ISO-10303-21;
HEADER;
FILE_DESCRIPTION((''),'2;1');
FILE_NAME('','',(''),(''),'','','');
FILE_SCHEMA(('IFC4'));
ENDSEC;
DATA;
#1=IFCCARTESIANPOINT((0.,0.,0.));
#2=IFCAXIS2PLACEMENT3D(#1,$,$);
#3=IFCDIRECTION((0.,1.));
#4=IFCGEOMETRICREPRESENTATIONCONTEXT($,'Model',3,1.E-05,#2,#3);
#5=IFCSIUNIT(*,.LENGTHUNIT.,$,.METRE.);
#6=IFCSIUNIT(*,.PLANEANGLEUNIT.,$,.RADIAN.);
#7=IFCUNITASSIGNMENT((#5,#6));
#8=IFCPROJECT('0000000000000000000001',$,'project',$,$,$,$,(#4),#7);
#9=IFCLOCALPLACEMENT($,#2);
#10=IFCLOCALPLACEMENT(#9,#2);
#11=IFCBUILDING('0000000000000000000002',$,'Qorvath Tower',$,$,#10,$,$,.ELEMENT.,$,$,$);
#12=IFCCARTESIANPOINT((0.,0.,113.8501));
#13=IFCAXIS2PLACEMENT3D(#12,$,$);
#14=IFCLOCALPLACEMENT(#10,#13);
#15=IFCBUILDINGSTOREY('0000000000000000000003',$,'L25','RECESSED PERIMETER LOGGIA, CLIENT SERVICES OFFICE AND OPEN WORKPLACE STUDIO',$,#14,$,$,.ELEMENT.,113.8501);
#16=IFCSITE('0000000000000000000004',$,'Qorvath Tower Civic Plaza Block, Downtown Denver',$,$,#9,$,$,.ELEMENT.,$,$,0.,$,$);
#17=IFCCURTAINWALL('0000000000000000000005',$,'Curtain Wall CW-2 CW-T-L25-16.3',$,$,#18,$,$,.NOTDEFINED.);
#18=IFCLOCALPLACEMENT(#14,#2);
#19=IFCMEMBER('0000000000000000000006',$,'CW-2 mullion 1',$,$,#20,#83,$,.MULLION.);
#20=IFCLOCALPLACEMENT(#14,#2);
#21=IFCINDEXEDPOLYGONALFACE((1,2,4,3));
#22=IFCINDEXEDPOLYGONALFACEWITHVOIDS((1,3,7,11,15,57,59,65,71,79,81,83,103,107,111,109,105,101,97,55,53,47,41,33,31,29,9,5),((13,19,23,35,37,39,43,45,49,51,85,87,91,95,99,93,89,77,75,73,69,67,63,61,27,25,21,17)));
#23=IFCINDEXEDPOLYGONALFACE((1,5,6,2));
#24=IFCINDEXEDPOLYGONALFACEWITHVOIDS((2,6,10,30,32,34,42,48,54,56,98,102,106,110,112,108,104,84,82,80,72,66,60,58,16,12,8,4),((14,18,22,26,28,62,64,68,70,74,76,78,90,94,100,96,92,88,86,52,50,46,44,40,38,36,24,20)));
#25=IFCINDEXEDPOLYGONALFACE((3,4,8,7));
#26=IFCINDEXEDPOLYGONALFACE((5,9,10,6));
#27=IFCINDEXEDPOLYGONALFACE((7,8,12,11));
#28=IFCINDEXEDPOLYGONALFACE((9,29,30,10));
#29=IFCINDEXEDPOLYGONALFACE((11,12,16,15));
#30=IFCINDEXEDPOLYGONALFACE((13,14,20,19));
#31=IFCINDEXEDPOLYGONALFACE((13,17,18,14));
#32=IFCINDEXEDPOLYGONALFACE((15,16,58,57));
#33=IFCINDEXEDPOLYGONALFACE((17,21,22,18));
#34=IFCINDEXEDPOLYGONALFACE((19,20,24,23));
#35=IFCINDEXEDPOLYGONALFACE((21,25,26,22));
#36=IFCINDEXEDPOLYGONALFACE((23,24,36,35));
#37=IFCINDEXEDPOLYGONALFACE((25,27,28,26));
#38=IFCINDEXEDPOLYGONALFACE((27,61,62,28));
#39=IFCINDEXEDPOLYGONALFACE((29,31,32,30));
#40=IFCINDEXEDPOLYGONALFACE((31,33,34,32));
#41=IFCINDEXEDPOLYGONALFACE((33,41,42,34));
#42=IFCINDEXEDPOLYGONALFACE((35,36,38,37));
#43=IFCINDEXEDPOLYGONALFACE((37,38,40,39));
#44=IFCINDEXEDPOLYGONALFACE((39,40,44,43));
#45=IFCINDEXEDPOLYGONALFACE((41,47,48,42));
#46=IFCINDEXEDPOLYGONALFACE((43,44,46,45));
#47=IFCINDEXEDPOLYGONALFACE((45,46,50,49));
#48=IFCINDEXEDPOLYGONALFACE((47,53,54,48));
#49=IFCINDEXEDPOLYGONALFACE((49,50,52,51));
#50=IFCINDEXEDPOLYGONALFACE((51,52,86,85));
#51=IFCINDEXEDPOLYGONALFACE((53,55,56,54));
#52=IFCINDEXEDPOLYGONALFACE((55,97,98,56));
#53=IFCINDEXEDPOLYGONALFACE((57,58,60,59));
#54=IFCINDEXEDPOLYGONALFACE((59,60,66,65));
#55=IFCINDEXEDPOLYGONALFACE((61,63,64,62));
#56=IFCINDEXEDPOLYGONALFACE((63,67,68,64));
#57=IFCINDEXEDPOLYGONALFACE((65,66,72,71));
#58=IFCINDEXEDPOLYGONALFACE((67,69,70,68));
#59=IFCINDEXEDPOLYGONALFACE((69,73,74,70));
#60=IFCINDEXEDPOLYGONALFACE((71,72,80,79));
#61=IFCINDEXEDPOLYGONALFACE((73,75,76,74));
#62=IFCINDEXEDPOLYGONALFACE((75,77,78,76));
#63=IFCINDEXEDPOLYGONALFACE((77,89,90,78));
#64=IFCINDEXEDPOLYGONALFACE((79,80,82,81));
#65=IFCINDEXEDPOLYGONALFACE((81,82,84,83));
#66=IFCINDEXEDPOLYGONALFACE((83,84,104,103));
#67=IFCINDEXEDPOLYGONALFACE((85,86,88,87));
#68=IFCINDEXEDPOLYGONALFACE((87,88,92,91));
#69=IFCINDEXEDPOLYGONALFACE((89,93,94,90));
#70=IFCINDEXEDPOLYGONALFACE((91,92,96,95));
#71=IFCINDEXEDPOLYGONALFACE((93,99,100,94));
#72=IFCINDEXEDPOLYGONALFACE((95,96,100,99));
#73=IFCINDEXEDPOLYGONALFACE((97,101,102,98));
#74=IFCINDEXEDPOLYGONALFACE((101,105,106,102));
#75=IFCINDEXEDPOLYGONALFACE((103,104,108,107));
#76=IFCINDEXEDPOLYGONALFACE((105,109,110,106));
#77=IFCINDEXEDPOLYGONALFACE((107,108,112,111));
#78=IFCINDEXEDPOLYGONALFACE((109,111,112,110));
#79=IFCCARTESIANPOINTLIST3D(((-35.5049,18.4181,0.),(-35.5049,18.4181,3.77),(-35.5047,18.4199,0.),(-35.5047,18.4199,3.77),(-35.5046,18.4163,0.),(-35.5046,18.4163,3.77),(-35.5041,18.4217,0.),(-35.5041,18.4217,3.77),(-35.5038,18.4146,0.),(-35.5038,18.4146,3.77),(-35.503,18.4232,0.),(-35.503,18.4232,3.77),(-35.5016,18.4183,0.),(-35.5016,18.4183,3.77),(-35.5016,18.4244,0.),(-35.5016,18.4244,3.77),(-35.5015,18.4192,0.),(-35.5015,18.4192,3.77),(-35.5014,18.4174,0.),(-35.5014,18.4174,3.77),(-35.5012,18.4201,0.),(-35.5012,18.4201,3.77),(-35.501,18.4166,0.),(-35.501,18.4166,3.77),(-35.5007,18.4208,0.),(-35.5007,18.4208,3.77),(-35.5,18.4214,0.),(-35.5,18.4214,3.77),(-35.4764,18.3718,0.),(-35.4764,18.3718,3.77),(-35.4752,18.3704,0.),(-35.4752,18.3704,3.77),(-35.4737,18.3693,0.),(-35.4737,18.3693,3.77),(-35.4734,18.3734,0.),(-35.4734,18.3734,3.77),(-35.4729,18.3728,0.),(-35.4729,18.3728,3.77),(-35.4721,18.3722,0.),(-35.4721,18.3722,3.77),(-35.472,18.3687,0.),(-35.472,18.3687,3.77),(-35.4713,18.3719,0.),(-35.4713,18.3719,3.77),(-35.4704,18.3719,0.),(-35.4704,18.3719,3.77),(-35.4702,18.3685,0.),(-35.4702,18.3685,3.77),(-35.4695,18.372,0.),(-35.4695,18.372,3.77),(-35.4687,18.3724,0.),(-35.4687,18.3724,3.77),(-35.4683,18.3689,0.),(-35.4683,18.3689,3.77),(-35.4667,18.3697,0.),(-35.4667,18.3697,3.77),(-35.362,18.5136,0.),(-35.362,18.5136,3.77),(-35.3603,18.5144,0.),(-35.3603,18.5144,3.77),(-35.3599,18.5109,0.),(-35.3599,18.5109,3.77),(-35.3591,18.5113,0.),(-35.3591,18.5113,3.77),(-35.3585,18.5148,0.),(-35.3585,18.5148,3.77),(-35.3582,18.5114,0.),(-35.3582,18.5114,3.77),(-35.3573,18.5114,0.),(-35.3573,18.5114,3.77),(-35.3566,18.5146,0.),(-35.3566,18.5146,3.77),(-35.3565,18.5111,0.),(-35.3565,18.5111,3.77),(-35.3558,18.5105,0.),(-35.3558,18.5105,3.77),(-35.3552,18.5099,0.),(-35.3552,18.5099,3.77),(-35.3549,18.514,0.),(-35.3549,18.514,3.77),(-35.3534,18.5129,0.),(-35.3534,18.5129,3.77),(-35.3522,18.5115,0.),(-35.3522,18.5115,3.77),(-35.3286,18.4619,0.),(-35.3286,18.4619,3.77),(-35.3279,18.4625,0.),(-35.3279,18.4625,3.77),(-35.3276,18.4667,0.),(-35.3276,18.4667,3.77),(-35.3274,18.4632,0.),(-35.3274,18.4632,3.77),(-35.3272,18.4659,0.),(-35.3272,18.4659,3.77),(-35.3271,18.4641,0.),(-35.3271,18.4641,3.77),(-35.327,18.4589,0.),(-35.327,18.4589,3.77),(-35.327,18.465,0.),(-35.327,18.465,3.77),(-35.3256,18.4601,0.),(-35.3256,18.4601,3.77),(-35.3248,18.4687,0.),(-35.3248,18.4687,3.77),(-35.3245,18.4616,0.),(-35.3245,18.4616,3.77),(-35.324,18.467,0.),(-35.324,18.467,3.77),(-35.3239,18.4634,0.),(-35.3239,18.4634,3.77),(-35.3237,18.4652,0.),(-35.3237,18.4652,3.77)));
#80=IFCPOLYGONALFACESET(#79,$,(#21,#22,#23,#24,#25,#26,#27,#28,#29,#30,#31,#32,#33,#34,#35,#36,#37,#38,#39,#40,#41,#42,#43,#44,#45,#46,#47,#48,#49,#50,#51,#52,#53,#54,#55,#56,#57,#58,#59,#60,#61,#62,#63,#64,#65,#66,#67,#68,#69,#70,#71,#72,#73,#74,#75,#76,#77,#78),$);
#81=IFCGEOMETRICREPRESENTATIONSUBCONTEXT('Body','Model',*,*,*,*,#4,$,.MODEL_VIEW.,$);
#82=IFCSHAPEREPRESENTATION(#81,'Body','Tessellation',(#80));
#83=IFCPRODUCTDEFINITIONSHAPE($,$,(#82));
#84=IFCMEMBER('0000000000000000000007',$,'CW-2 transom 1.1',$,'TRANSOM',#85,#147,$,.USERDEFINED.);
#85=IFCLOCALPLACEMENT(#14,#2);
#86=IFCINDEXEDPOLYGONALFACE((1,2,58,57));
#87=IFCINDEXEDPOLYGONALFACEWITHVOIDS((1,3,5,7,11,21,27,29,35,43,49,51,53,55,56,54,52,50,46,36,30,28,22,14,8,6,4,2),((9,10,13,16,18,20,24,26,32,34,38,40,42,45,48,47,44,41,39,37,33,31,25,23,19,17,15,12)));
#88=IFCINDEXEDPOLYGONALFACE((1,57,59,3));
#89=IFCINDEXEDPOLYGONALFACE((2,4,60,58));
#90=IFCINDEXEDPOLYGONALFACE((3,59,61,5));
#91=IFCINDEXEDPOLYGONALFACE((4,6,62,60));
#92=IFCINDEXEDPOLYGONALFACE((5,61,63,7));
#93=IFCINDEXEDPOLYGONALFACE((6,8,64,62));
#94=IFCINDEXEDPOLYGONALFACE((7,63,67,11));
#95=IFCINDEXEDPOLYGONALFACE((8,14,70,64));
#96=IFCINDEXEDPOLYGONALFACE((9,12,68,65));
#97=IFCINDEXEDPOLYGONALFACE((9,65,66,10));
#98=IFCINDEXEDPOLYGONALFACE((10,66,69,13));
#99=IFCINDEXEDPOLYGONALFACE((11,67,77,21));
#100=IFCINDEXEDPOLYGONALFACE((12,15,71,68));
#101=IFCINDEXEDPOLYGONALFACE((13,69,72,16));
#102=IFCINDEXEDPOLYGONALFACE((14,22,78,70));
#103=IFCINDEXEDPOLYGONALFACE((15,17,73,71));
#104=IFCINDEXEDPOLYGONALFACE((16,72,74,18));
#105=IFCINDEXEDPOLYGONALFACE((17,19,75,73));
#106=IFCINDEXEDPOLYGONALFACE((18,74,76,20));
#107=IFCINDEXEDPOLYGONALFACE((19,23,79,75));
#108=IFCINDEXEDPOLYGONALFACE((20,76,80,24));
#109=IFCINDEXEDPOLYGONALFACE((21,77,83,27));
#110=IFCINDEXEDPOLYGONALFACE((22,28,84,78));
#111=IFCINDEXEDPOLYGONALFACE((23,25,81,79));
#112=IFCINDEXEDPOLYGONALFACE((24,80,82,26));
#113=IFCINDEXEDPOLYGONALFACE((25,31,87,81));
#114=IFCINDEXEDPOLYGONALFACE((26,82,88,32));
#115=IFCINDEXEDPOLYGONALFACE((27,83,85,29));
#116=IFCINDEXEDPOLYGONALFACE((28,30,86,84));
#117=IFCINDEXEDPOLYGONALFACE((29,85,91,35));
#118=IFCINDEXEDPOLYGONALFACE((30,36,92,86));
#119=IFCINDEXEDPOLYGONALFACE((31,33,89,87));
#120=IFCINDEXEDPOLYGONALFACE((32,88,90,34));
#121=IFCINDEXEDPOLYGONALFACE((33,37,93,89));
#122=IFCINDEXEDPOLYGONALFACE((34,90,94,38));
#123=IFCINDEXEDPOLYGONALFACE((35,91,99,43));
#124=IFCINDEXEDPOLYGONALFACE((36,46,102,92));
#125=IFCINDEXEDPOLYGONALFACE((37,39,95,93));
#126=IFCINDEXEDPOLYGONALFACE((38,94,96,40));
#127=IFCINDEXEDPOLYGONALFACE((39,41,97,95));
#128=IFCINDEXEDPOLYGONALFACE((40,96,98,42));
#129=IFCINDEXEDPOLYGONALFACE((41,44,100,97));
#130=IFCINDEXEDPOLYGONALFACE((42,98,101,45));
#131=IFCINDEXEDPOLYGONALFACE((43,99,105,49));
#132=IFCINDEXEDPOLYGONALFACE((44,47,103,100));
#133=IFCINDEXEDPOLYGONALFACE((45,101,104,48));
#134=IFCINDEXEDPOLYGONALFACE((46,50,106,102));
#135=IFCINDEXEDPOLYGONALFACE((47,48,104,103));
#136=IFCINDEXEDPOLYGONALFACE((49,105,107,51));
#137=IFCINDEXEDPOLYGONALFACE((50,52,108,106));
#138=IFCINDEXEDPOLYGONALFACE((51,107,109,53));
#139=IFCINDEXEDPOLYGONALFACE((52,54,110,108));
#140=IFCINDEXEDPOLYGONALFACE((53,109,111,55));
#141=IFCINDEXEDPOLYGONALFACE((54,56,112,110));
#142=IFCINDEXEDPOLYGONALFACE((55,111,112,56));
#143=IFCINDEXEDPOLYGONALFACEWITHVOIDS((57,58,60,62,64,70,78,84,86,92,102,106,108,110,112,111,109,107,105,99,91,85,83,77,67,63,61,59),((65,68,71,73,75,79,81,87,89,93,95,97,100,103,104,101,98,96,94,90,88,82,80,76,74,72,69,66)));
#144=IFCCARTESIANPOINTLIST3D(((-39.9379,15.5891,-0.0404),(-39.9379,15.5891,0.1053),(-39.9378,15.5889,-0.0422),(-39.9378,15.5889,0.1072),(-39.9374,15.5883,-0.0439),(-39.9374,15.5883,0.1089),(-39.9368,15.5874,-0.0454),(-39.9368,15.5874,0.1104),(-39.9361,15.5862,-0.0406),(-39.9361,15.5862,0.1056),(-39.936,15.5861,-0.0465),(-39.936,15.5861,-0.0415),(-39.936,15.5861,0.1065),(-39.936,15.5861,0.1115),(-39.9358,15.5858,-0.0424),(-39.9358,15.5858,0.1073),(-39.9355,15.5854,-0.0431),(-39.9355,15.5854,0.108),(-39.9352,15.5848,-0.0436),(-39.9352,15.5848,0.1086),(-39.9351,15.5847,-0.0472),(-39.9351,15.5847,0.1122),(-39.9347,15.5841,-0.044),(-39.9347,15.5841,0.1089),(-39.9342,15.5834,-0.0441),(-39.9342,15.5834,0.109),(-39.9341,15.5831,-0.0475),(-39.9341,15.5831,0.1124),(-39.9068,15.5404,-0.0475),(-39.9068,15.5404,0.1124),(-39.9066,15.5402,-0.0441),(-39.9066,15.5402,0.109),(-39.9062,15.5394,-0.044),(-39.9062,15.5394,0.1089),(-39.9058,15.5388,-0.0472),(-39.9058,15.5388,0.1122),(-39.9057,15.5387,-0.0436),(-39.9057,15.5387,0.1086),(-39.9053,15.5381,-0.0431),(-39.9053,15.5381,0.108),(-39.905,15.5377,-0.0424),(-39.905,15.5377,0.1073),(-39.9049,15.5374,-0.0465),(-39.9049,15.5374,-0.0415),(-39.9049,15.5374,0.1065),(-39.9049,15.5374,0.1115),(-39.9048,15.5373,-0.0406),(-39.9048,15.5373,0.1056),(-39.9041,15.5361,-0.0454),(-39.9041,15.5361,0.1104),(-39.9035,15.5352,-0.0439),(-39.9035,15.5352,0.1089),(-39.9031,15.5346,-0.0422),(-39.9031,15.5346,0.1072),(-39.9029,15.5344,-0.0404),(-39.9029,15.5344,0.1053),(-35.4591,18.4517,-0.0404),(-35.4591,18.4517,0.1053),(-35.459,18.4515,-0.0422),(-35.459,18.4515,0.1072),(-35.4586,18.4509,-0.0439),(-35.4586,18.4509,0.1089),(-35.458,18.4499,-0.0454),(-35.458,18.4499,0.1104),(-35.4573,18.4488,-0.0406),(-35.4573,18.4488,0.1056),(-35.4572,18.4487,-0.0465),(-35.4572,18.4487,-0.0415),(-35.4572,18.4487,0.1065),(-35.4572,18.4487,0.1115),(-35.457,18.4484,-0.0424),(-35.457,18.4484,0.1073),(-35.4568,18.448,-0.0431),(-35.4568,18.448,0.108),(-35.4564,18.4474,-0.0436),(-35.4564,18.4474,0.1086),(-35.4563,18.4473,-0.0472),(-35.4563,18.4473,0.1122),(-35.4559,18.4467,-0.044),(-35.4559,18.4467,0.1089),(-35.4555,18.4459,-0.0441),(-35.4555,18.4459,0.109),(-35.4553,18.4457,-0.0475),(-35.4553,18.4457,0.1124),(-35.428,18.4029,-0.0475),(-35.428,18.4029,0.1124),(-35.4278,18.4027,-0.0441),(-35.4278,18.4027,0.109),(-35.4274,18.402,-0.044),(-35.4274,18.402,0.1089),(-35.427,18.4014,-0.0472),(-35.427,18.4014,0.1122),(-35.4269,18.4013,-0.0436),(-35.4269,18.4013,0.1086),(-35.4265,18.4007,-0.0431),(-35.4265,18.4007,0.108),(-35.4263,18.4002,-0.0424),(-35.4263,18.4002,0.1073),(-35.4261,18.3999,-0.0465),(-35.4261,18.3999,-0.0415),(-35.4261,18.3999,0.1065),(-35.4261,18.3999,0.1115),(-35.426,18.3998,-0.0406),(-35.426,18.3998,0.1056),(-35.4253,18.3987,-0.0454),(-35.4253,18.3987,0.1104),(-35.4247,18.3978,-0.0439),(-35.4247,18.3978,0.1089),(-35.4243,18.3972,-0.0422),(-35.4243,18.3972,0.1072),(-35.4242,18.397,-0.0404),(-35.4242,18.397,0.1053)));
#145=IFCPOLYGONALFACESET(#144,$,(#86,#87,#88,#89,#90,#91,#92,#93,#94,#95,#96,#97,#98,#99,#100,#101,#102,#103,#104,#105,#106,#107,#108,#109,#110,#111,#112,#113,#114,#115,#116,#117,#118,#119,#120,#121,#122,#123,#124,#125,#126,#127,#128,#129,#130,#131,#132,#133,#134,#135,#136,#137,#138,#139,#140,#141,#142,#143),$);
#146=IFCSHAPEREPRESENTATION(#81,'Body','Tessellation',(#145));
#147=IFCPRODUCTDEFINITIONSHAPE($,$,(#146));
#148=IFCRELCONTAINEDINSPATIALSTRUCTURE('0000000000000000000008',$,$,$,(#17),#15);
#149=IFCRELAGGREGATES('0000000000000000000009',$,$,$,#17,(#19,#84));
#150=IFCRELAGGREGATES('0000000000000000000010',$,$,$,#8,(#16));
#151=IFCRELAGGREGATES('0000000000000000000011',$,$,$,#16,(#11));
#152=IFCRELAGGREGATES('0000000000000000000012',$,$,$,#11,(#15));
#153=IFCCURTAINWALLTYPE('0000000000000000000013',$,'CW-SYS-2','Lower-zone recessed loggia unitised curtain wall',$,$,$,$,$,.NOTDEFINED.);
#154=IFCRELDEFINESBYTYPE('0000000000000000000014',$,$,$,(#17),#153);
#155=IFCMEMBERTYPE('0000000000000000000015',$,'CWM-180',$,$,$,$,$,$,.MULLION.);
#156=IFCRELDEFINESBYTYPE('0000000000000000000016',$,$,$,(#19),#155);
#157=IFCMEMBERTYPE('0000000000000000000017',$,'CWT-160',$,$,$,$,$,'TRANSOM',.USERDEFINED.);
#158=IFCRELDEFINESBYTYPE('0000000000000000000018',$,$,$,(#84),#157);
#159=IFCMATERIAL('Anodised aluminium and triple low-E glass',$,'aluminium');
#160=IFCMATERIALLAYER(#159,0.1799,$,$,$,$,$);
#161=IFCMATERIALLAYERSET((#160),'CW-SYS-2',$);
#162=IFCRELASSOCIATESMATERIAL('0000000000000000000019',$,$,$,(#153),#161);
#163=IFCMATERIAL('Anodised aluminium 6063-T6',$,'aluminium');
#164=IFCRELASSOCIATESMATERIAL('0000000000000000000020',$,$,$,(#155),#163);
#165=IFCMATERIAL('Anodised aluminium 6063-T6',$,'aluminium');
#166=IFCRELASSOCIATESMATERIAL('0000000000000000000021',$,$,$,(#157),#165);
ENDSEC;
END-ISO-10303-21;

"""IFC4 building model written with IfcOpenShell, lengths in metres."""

from ifc_helpers import new_model, si_unit, direction, frame, origin, origin_2d, place, context, subcontext, project, spatial, hollow_rectangle, extrude, material, layer, layer_set, material_profile, profile_set, type_object, element, aggregate, save


model = new_model("IFC4")

# Units and contexts
model_context = context("Model", 3, precision=1e-05, world=origin(), true_north=direction((0.0, 1.0)))
body_context = subcontext(model_context, "Body", "Model", "MODEL_VIEW")
ifc_project = project(units=[si_unit("LENGTHUNIT", "METRE"), si_unit("PLANEANGLEUNIT", "RADIAN")], contexts=[model_context])

# Site, building, storey
site_placement = place(None, origin())
site = spatial("IfcSite", under=ifc_project, at=site_placement, Name="Qorvath Tower Civic Plaza Block, Downtown Denver", CompositionType="ELEMENT", RefElevation=0.0)
building_placement = place(site_placement, origin())
building = spatial("IfcBuilding", under=site, at=building_placement, Name="Qorvath Tower", CompositionType="ELEMENT")
storey_placement = place(building_placement, frame((0.0, 0.0, 113.8501)))
storey = spatial("IfcBuildingStorey", under=building, at=storey_placement, Name="L25", Description="RECESSED PERIMETER LOGGIA, CLIENT SERVICES OFFICE AND OPEN WORKPLACE STUDIO", CompositionType="ELEMENT", Elevation=113.8501)

# Shared definitions
ifc_material_1 = material(Name="Anodised aluminium and triple low-E glass", Category="aluminium")
ifc_layer_1 = layer(ifc_material_1, 0.1799)
ifc_layer_set_1 = layer_set([ifc_layer_1], Name="CW-SYS-2")
curtain_wall_type = type_object("IfcCurtainWallType", Name="CW-SYS-2", Description="Lower-zone recessed loggia unitised curtain wall", PredefinedType="NOTDEFINED", material=ifc_layer_set_1)
ifc_material_2 = material(Name="Anodised aluminium 6063-T6", Category="aluminium")
ifc_material_profile_1 = material_profile(ifc_material_2, hollow_rectangle(XDim=0.0649, YDim=0.1799, WallThickness=0.0034, InnerFilletRadius=0.0034, OuterFilletRadius=0.0071, at=origin_2d()), Name="CWM 180x65")
ifc_profile_set_1 = profile_set([ifc_material_profile_1], Name="Anodised aluminium 6063-T6")
member_type_1 = type_object("IfcMemberType", Name="CWM-180", PredefinedType="MULLION", material=ifc_profile_set_1)

# Curtain wall, members
curtain_wall_1_placement = place(storey_placement, origin())
curtain_wall_1 = element("IfcCurtainWall", 1, at=curtain_wall_1_placement, inside=storey, type_object=curtain_wall_type, Name="Curtain Wall CW-2 CW-T-L25-16.3", PredefinedType="NOTDEFINED")
member_1_placement = place(storey_placement, frame((-35.4143, 18.4417, 0.0), z_axis=(0.0, 0.0, 1.0), x_axis=(0.53853, -0.842606, 0.0)))
member_1 = element("IfcMember", 2, at=member_1_placement, type_object=member_type_1, Name="CW-2 mullion 1", PredefinedType="MULLION", context=body_context, shape_type="SweptSolid", body=[
    extrude(hollow_rectangle(XDim=0.0649, YDim=0.1799, WallThickness=0.0034, InnerFilletRadius=0.0034, OuterFilletRadius=0.0071, at=origin_2d()), origin(), (0.0, 0.0, 1.0), 3.77),
])
ifc_material_3 = material(Name="Anodised aluminium 6063-T6", Category="aluminium")
ifc_material_profile_2 = material_profile(ifc_material_3, hollow_rectangle(XDim=0.0649, YDim=0.1599, WallThickness=0.0034, InnerFilletRadius=0.0034, OuterFilletRadius=0.0071, at=origin_2d()), Name="CWT 160x65")
ifc_profile_set_2 = profile_set([ifc_material_profile_2], Name="Anodised aluminium 6063-T6")
member_type_2 = type_object("IfcMemberType", Name="CWT-160", ElementType="TRANSOM", PredefinedType="USERDEFINED", material=ifc_profile_set_2)
member_2_placement = place(storey_placement, frame((-35.4417, 18.4243, 0.0325), z_axis=(-0.842601, -0.538539, 0.0), x_axis=(0.538539, -0.842601, 0.0)))
member_2 = element("IfcMember", 3, at=member_2_placement, type_object=member_type_2, Name="CW-2 transom 1.1", ObjectType="TRANSOM", PredefinedType="USERDEFINED", context=body_context, shape_type="SweptSolid", body=[
    extrude(hollow_rectangle(XDim=0.0649, YDim=0.1599, WallThickness=0.0034, InnerFilletRadius=0.0034, OuterFilletRadius=0.0071, at=origin_2d()), origin(), (0.0, 0.0, 1.0), 5.3154),
])
aggregate(curtain_wall_1, [member_1, member_2])

save(model, "model.ifc")
